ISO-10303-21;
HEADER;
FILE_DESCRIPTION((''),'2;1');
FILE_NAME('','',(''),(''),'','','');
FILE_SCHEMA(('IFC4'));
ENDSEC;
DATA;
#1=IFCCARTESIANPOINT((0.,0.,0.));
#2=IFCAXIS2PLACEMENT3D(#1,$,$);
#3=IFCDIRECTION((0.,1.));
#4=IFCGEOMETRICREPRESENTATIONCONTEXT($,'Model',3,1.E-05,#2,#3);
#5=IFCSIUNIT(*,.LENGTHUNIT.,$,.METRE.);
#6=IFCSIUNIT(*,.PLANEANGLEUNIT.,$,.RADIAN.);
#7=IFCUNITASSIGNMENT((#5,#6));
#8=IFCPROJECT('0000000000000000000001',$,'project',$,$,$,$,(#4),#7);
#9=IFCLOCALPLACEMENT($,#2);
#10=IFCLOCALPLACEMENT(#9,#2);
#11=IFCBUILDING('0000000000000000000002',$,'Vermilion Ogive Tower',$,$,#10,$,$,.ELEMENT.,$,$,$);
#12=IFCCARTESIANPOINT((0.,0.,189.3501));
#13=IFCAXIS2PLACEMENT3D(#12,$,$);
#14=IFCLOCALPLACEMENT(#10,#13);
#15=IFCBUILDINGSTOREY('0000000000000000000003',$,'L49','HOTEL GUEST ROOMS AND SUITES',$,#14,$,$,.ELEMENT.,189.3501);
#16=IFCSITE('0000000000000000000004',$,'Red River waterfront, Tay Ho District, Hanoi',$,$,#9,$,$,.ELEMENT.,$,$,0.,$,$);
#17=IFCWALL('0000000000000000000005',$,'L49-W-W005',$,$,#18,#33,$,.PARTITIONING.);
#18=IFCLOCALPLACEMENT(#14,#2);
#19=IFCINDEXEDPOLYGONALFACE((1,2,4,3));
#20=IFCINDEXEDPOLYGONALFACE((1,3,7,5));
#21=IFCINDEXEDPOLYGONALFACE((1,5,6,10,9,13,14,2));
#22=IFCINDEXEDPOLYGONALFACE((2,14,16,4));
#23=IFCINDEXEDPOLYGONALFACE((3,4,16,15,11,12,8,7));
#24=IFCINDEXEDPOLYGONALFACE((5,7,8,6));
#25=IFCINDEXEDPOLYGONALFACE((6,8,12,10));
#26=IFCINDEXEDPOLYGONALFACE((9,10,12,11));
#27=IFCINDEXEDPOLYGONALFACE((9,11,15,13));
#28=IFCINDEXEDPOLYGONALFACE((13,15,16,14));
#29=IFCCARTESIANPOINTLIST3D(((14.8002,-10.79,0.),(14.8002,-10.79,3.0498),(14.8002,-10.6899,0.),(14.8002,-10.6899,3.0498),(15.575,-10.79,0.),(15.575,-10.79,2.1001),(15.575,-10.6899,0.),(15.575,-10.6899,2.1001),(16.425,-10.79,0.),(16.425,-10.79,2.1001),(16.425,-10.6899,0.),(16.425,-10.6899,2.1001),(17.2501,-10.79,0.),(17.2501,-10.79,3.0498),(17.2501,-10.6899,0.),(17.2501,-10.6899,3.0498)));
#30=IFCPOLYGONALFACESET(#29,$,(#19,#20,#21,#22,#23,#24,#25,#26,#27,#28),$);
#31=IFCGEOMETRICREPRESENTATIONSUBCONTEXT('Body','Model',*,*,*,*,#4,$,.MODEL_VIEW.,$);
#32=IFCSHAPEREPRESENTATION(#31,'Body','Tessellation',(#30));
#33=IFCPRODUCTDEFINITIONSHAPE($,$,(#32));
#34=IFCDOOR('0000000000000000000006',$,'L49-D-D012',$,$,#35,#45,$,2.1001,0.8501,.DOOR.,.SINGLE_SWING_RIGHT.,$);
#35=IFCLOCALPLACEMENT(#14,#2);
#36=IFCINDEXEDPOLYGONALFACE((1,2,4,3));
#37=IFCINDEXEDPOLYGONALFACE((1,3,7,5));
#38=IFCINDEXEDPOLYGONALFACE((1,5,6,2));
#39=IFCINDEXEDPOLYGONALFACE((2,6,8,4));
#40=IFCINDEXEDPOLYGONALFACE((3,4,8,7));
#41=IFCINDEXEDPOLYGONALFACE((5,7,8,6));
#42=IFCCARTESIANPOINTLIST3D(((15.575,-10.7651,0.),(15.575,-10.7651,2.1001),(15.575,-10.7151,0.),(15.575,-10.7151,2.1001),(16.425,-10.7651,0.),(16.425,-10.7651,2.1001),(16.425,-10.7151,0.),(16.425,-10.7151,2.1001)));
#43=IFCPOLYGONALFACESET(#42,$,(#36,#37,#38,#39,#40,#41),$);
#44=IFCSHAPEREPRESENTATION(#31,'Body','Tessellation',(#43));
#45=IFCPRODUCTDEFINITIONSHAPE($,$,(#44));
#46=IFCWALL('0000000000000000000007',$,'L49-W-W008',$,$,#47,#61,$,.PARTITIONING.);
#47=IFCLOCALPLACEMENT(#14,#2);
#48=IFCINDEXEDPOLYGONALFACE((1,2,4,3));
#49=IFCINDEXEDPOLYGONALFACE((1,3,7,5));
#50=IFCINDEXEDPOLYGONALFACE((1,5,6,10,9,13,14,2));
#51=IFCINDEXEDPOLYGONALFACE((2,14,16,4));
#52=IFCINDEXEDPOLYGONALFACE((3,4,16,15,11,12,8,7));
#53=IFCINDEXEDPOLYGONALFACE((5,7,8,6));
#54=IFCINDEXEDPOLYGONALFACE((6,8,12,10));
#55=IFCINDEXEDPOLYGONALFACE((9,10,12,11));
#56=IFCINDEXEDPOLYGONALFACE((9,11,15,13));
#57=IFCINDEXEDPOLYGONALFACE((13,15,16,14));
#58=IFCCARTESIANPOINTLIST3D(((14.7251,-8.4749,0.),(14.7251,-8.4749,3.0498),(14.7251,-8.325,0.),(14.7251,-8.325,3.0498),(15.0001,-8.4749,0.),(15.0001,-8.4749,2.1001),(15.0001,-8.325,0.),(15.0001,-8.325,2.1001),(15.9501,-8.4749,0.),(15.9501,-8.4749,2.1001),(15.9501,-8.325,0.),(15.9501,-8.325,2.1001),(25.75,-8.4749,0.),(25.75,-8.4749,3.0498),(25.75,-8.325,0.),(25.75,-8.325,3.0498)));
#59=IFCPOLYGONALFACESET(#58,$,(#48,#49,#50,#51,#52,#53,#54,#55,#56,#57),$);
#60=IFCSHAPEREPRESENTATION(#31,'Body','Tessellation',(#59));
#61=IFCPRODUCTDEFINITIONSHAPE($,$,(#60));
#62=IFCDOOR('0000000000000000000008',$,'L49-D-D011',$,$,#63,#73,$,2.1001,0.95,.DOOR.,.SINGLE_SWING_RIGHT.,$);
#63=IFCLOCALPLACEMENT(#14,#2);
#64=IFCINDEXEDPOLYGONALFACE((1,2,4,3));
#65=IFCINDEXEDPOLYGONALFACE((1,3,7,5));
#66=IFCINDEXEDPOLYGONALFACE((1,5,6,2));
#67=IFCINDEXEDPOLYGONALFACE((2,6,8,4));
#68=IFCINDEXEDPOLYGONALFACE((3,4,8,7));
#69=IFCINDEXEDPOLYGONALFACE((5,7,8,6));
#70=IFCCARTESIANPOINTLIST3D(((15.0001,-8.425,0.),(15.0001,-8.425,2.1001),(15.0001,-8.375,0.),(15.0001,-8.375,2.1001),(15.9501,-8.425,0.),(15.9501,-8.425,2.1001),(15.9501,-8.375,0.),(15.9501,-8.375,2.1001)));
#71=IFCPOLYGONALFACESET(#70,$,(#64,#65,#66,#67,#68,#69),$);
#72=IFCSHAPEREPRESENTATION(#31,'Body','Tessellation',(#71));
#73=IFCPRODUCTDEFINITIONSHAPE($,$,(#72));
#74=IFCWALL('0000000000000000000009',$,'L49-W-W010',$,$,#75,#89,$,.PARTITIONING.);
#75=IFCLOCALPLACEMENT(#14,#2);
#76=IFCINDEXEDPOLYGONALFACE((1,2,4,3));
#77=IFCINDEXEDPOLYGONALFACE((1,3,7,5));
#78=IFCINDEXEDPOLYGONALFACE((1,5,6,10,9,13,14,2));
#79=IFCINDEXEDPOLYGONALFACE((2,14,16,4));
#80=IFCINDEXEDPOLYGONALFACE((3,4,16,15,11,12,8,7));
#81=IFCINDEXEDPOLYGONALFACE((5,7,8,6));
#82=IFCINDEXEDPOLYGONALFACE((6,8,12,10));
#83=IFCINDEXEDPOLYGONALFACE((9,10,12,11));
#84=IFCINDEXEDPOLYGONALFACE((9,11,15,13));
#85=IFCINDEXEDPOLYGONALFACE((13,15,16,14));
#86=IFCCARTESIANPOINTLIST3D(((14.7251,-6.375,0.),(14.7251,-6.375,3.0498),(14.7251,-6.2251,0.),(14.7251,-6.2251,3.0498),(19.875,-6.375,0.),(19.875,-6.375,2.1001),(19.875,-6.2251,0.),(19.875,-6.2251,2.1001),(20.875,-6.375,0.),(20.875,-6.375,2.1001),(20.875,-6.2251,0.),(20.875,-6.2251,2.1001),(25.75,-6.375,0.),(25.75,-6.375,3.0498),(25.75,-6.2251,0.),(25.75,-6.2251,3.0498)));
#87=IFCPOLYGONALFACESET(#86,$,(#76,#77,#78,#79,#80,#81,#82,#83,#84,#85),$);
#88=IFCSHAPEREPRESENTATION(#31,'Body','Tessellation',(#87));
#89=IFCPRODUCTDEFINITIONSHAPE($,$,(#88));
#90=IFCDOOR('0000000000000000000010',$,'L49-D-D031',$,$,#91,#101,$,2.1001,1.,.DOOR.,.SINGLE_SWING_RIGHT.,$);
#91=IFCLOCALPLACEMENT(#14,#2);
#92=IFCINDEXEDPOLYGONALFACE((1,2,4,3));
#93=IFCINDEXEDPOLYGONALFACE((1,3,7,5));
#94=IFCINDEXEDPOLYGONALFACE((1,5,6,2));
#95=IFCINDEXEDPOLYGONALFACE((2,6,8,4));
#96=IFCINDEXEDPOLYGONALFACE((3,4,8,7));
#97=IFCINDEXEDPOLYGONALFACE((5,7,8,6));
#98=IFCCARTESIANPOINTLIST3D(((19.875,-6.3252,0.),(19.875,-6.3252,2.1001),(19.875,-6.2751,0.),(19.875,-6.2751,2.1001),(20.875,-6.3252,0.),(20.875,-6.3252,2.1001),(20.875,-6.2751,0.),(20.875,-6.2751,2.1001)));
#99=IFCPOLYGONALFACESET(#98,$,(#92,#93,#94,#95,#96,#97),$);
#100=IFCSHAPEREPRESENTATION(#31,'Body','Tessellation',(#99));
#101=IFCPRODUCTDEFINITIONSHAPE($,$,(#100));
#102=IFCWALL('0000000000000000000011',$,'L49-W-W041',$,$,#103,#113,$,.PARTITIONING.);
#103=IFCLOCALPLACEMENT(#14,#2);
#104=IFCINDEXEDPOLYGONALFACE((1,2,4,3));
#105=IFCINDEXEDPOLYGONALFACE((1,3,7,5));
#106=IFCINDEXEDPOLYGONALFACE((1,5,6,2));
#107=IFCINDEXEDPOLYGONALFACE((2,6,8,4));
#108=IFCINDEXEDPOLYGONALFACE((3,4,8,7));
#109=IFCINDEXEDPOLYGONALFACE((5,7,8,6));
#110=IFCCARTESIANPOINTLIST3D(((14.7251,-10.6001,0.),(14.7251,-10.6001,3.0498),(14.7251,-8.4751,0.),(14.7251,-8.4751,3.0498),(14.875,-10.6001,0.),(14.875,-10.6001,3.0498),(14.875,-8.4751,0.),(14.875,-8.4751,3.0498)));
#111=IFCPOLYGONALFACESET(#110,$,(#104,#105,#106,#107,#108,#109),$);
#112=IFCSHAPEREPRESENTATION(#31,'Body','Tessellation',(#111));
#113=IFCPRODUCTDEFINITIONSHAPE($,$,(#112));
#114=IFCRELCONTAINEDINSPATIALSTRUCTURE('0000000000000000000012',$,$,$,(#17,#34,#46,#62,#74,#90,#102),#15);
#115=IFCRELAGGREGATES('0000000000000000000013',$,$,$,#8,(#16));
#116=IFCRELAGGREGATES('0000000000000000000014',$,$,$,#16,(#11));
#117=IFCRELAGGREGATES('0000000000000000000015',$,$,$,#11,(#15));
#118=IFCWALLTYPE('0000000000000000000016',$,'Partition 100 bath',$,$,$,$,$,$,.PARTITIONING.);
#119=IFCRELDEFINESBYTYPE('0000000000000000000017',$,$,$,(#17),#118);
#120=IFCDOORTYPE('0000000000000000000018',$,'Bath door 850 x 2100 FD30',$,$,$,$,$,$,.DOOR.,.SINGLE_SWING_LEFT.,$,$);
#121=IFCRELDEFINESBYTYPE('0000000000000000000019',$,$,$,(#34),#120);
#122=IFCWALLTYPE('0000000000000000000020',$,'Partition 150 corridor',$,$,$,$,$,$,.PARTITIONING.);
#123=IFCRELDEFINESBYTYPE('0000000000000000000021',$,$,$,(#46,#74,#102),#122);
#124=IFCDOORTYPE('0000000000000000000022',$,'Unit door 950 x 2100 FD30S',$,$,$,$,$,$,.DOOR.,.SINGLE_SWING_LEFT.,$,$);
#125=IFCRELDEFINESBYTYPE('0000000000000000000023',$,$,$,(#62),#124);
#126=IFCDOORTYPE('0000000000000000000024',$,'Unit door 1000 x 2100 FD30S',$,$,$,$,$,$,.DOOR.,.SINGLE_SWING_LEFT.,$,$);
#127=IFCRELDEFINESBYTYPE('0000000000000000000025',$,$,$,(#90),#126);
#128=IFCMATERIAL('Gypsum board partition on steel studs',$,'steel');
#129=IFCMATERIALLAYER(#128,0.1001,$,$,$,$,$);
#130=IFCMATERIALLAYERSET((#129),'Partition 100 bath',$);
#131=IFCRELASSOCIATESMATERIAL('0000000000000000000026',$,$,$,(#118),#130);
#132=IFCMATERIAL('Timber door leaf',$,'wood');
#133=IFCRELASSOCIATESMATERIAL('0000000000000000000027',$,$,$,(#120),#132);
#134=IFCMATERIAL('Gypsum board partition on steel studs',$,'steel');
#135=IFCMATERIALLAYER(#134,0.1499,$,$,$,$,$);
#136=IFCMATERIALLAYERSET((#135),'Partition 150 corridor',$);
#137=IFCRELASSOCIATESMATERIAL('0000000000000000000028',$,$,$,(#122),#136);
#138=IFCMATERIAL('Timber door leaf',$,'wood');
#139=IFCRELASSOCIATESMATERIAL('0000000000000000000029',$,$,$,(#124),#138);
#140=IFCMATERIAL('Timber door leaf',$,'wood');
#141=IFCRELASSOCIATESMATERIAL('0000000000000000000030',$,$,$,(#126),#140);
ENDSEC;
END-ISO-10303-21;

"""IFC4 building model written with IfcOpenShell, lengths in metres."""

from ifc_helpers import new_model, si_unit, direction, frame, frame_2d, origin, place, context, subcontext, project, spatial, rectangle, extrude, material, layer, layer_set, type_object, element, fill, save


model = new_model("IFC4")

# Units and contexts
model_context = context("Model", 3, precision=1e-05, world=origin(), true_north=direction((0.0, 1.0)))
body_context = subcontext(model_context, "Body", "Model", "MODEL_VIEW")
ifc_project = project(units=[si_unit("LENGTHUNIT", "METRE"), si_unit("PLANEANGLEUNIT", "RADIAN")], contexts=[model_context])

# Site, building, storey
site_placement = place(None, origin())
site = spatial("IfcSite", under=ifc_project, at=site_placement, Name="Red River waterfront, Tay Ho District, Hanoi", CompositionType="ELEMENT", RefElevation=0.0)
building_placement = place(site_placement, origin())
building = spatial("IfcBuilding", under=site, at=building_placement, Name="Vermilion Ogive Tower", CompositionType="ELEMENT")
storey_placement = place(building_placement, frame((0.0, 0.0, 189.3501)))
storey = spatial("IfcBuildingStorey", under=building, at=storey_placement, Name="L49", Description="HOTEL GUEST ROOMS AND SUITES", CompositionType="ELEMENT", Elevation=189.3501)

# Walls, openings, doors
ifc_material_1 = material(Name="Gypsum board partition on steel studs", Category="steel")
ifc_layer_1 = layer(ifc_material_1, 0.1001)
ifc_layer_set_1 = layer_set([ifc_layer_1], Name="Partition 100 bath")
wall_type_1 = type_object("IfcWallType", Name="Partition 100 bath", PredefinedType="PARTITIONING", material=ifc_layer_set_1)
wall_1_placement = place(storey_placement, frame((14.8, -10.74, 0.0), z_axis=(0.0, 0.0, 1.0), x_axis=(1.0, 0.0, 0.0)))
wall_1 = element("IfcWall", 1, at=wall_1_placement, inside=storey, type_object=wall_type_1, Name="L49-W-W005", PredefinedType="PARTITIONING", context=body_context, shape_type="SweptSolid", body=[
    extrude(rectangle(XDim=2.45, YDim=0.1001, at=frame_2d((1.2251, 0.0))), origin(), (0.0, 0.0, 1.0), 3.0498),
])
opening_1_placement = place(wall_1_placement, frame((0.7749, 0.0, 0.0)))
opening_1 = element("IfcOpeningElement", 2, at=opening_1_placement, cuts=wall_1, PredefinedType="OPENING", context=body_context, shape_type="SweptSolid", body=[
    extrude(rectangle(XDim=0.8501, YDim=2.1001, at=frame_2d((0.425, 1.05))), frame((0.0, 0.0601, 0.0), z_axis=(0.0, -1.0, 0.0), x_axis=(1.0, 0.0, 0.0)), (0.0, 0.0, 1.0), 0.1201),
])
ifc_material_2 = material(Name="Timber door leaf", Category="wood")
door_type_1 = type_object("IfcDoorType", Name="Bath door 850 x 2100 FD30", OperationType="SINGLE_SWING_LEFT", PredefinedType="DOOR", material=ifc_material_2)
door_1_placement = place(opening_1_placement, origin())
door_1 = element("IfcDoor", 3, at=door_1_placement, inside=storey, type_object=door_type_1, Name="L49-D-D012", OperationType="SINGLE_SWING_RIGHT", OverallHeight=2.1001, OverallWidth=0.8501, PredefinedType="DOOR", context=body_context, shape_type="SweptSolid", body=[
    extrude(rectangle(XDim=0.8501, YDim=2.1001, at=frame_2d((0.425, 1.05))), frame((0.0, 0.0249, 0.0), z_axis=(0.0, -1.0, 0.0), x_axis=(1.0, 0.0, 0.0)), (0.0, 0.0, 1.0), 0.05),
])
fill(opening_1, door_1)
ifc_material_3 = material(Name="Gypsum board partition on steel studs", Category="steel")
ifc_layer_2 = layer(ifc_material_3, 0.1499)
ifc_layer_set_2 = layer_set([ifc_layer_2], Name="Partition 150 corridor")
wall_type_2 = type_object("IfcWallType", Name="Partition 150 corridor", PredefinedType="PARTITIONING", material=ifc_layer_set_2)
wall_2_placement = place(storey_placement, frame((14.7251, -8.3999, 0.0), z_axis=(0.0, 0.0, 1.0), x_axis=(1.0, 0.0, 0.0)))
wall_2 = element("IfcWall", 4, at=wall_2_placement, inside=storey, type_object=wall_type_2, Name="L49-W-W008", PredefinedType="PARTITIONING", context=body_context, shape_type="SweptSolid", body=[
    extrude(rectangle(XDim=11.0249, YDim=0.1499, at=frame_2d((5.5125, 0.0))), origin(), (0.0, 0.0, 1.0), 3.0498),
])
opening_2_placement = place(wall_2_placement, frame((0.2749, 0.0, 0.0)))
opening_2 = element("IfcOpeningElement", 5, at=opening_2_placement, cuts=wall_2, PredefinedType="OPENING", context=body_context, shape_type="SweptSolid", body=[
    extrude(rectangle(XDim=0.95, YDim=2.1001, at=frame_2d((0.4751, 1.05))), frame((0.0, 0.085, 0.0), z_axis=(0.0, -1.0, 0.0), x_axis=(1.0, 0.0, 0.0)), (0.0, 0.0, 1.0), 0.1699),
])
ifc_material_4 = material(Name="Timber door leaf", Category="wood")
door_type_2 = type_object("IfcDoorType", Name="Unit door 950 x 2100 FD30S", OperationType="SINGLE_SWING_LEFT", PredefinedType="DOOR", material=ifc_material_4)
door_2_placement = place(opening_2_placement, origin())
door_2 = element("IfcDoor", 6, at=door_2_placement, inside=storey, type_object=door_type_2, Name="L49-D-D011", OperationType="SINGLE_SWING_RIGHT", OverallHeight=2.1001, OverallWidth=0.95, PredefinedType="DOOR", context=body_context, shape_type="SweptSolid", body=[
    extrude(rectangle(XDim=0.95, YDim=2.1001, at=frame_2d((0.4751, 1.05))), frame((0.0, 0.0249, 0.0), z_axis=(0.0, -1.0, 0.0), x_axis=(1.0, 0.0, 0.0)), (0.0, 0.0, 1.0), 0.05),
])
fill(opening_2, door_2)
wall_3_placement = place(storey_placement, frame((14.7251, -6.3, 0.0), z_axis=(0.0, 0.0, 1.0), x_axis=(1.0, 0.0, 0.0)))
wall_3 = element("IfcWall", 7, at=wall_3_placement, inside=storey, type_object=wall_type_2, Name="L49-W-W010", PredefinedType="PARTITIONING", context=body_context, shape_type="SweptSolid", body=[
    extrude(rectangle(XDim=11.0249, YDim=0.1499, at=frame_2d((5.5125, 0.0))), origin(), (0.0, 0.0, 1.0), 3.0498),
])
opening_3_placement = place(wall_3_placement, frame((5.1499, 0.0, 0.0)))
opening_3 = element("IfcOpeningElement", 8, at=opening_3_placement, cuts=wall_3, PredefinedType="OPENING", context=body_context, shape_type="SweptSolid", body=[
    extrude(rectangle(XDim=1.0, YDim=2.1001, at=frame_2d((0.5, 1.05))), frame((0.0, 0.085, 0.0), z_axis=(0.0, -1.0, 0.0), x_axis=(1.0, 0.0, 0.0)), (0.0, 0.0, 1.0), 0.1699),
])
ifc_material_5 = material(Name="Timber door leaf", Category="wood")
door_type_3 = type_object("IfcDoorType", Name="Unit door 1000 x 2100 FD30S", OperationType="SINGLE_SWING_LEFT", PredefinedType="DOOR", material=ifc_material_5)
door_3_placement = place(opening_3_placement, origin())
door_3 = element("IfcDoor", 9, at=door_3_placement, inside=storey, type_object=door_type_3, Name="L49-D-D031", OperationType="SINGLE_SWING_RIGHT", OverallHeight=2.1001, OverallWidth=1.0, PredefinedType="DOOR", context=body_context, shape_type="SweptSolid", body=[
    extrude(rectangle(XDim=1.0, YDim=2.1001, at=frame_2d((0.5, 1.05))), frame((0.0, 0.0249, 0.0), z_axis=(0.0, -1.0, 0.0), x_axis=(1.0, 0.0, 0.0)), (0.0, 0.0, 1.0), 0.05),
])
fill(opening_3, door_3)

# Wall
wall_4_placement = place(storey_placement, frame((14.8, -10.6001, 0.0), z_axis=(0.0, 0.0, 1.0), x_axis=(0.0, 1.0, 0.0)))
element("IfcWall", 10, at=wall_4_placement, inside=storey, type_object=wall_type_2, Name="L49-W-W041", PredefinedType="PARTITIONING", context=body_context, shape_type="SweptSolid", body=[
    extrude(rectangle(XDim=2.125, YDim=0.1499, at=frame_2d((1.0625, 0.0))), origin(), (0.0, 0.0, 1.0), 3.0498),
])

save(model, "model.ifc")
